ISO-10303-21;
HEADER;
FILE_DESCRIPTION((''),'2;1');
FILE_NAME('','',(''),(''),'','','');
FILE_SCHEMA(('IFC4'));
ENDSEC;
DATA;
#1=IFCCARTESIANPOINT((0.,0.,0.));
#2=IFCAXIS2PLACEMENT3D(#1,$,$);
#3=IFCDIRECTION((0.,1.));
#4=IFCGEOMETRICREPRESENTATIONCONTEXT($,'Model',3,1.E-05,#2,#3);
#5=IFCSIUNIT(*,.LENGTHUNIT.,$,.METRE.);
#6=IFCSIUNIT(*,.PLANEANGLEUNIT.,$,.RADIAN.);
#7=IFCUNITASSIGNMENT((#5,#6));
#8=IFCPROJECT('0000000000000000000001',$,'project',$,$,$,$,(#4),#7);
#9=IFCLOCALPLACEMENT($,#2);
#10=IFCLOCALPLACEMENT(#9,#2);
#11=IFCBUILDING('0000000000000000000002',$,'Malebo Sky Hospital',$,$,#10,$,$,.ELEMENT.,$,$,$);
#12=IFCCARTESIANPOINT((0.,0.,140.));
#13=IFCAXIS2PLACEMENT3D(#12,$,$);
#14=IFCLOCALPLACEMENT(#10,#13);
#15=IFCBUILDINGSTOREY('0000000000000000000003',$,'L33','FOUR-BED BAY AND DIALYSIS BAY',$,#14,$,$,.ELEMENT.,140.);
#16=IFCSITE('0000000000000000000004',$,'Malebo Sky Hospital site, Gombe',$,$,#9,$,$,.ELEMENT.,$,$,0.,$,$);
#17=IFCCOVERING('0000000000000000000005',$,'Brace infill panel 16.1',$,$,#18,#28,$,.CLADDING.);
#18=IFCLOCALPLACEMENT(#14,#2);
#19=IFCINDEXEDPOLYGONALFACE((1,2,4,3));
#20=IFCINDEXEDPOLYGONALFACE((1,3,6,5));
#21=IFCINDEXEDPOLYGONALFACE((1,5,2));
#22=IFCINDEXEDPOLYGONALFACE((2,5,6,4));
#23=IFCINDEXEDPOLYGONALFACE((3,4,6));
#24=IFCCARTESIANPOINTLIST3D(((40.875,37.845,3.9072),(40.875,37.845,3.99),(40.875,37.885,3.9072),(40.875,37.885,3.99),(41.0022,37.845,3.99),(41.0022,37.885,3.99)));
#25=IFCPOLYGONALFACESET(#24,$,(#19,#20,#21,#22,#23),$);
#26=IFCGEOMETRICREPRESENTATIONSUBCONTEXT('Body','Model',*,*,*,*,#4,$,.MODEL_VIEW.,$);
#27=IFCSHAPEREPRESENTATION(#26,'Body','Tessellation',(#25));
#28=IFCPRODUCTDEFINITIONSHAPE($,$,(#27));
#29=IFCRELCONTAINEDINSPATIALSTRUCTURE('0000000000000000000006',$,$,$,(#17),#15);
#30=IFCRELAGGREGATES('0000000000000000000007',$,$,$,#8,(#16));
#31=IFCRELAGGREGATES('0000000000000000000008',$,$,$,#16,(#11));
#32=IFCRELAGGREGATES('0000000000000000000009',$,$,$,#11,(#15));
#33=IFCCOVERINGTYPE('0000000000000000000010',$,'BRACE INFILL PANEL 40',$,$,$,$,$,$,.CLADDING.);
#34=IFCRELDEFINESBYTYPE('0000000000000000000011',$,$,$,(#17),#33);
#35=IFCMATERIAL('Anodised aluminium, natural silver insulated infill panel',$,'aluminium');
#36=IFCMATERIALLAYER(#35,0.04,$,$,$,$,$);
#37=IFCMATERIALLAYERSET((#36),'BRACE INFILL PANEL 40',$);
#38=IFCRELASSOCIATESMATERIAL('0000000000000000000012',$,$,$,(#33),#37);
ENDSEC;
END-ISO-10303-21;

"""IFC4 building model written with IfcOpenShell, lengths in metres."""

from ifc_helpers import new_model, si_unit, direction, frame, origin, place, context, subcontext, project, spatial, polyline, outline, extrude, material, layer, layer_set, type_object, element, save


model = new_model("IFC4")

# Units and contexts
model_context = context("Model", 3, precision=1e-05, world=origin(), true_north=direction((0.0, 1.0)))
body_context = subcontext(model_context, "Body", "Model", "MODEL_VIEW")
ifc_project = project(units=[si_unit("LENGTHUNIT", "METRE"), si_unit("PLANEANGLEUNIT", "RADIAN")], contexts=[model_context])

# Site, building, storey
site_placement = place(None, origin())
site = spatial("IfcSite", under=ifc_project, at=site_placement, Name="Malebo Sky Hospital site, Gombe", CompositionType="ELEMENT", RefElevation=0.0)
building_placement = place(site_placement, origin())
building = spatial("IfcBuilding", under=site, at=building_placement, Name="Malebo Sky Hospital", CompositionType="ELEMENT")
storey_placement = place(building_placement, frame((0.0, 0.0, 140.0)))
storey = spatial("IfcBuildingStorey", under=building, at=storey_placement, Name="L33", Description="FOUR-BED BAY AND DIALYSIS BAY", CompositionType="ELEMENT", Elevation=140.0)

# Covering
ifc_material_1 = material(Name="Anodised aluminium, natural silver insulated infill panel", Category="aluminium")
ifc_layer_1 = layer(ifc_material_1, 0.04)
ifc_layer_set_1 = layer_set([ifc_layer_1], Name="BRACE INFILL PANEL 40")
covering_type = type_object("IfcCoveringType", Name="BRACE INFILL PANEL 40", PredefinedType="CLADDING", material=ifc_layer_set_1)
covering_1_placement = place(storey_placement, frame((40.9385, 37.865, 3.9072), z_axis=(0.0, 0.0, 1.0), x_axis=(-1.0, 0.0, 0.0)))
element("IfcCovering", 1, at=covering_1_placement, inside=storey, type_object=covering_type, Name="Brace infill panel 16.1", PredefinedType="CLADDING", context=body_context, shape_type="SweptSolid", body=[
    extrude(outline(polyline([(0.0635, 0.0), (0.0635, 0.0828), (-0.0637, 0.0828), (0.0635, 0.0)])), frame((0.0, 0.02, 0.0), z_axis=(0.0, -1.0, 0.0), x_axis=(1.0, 0.0, 0.0)), (0.0, 0.0, 1.0), 0.04),
])

save(model, "model.ifc")
